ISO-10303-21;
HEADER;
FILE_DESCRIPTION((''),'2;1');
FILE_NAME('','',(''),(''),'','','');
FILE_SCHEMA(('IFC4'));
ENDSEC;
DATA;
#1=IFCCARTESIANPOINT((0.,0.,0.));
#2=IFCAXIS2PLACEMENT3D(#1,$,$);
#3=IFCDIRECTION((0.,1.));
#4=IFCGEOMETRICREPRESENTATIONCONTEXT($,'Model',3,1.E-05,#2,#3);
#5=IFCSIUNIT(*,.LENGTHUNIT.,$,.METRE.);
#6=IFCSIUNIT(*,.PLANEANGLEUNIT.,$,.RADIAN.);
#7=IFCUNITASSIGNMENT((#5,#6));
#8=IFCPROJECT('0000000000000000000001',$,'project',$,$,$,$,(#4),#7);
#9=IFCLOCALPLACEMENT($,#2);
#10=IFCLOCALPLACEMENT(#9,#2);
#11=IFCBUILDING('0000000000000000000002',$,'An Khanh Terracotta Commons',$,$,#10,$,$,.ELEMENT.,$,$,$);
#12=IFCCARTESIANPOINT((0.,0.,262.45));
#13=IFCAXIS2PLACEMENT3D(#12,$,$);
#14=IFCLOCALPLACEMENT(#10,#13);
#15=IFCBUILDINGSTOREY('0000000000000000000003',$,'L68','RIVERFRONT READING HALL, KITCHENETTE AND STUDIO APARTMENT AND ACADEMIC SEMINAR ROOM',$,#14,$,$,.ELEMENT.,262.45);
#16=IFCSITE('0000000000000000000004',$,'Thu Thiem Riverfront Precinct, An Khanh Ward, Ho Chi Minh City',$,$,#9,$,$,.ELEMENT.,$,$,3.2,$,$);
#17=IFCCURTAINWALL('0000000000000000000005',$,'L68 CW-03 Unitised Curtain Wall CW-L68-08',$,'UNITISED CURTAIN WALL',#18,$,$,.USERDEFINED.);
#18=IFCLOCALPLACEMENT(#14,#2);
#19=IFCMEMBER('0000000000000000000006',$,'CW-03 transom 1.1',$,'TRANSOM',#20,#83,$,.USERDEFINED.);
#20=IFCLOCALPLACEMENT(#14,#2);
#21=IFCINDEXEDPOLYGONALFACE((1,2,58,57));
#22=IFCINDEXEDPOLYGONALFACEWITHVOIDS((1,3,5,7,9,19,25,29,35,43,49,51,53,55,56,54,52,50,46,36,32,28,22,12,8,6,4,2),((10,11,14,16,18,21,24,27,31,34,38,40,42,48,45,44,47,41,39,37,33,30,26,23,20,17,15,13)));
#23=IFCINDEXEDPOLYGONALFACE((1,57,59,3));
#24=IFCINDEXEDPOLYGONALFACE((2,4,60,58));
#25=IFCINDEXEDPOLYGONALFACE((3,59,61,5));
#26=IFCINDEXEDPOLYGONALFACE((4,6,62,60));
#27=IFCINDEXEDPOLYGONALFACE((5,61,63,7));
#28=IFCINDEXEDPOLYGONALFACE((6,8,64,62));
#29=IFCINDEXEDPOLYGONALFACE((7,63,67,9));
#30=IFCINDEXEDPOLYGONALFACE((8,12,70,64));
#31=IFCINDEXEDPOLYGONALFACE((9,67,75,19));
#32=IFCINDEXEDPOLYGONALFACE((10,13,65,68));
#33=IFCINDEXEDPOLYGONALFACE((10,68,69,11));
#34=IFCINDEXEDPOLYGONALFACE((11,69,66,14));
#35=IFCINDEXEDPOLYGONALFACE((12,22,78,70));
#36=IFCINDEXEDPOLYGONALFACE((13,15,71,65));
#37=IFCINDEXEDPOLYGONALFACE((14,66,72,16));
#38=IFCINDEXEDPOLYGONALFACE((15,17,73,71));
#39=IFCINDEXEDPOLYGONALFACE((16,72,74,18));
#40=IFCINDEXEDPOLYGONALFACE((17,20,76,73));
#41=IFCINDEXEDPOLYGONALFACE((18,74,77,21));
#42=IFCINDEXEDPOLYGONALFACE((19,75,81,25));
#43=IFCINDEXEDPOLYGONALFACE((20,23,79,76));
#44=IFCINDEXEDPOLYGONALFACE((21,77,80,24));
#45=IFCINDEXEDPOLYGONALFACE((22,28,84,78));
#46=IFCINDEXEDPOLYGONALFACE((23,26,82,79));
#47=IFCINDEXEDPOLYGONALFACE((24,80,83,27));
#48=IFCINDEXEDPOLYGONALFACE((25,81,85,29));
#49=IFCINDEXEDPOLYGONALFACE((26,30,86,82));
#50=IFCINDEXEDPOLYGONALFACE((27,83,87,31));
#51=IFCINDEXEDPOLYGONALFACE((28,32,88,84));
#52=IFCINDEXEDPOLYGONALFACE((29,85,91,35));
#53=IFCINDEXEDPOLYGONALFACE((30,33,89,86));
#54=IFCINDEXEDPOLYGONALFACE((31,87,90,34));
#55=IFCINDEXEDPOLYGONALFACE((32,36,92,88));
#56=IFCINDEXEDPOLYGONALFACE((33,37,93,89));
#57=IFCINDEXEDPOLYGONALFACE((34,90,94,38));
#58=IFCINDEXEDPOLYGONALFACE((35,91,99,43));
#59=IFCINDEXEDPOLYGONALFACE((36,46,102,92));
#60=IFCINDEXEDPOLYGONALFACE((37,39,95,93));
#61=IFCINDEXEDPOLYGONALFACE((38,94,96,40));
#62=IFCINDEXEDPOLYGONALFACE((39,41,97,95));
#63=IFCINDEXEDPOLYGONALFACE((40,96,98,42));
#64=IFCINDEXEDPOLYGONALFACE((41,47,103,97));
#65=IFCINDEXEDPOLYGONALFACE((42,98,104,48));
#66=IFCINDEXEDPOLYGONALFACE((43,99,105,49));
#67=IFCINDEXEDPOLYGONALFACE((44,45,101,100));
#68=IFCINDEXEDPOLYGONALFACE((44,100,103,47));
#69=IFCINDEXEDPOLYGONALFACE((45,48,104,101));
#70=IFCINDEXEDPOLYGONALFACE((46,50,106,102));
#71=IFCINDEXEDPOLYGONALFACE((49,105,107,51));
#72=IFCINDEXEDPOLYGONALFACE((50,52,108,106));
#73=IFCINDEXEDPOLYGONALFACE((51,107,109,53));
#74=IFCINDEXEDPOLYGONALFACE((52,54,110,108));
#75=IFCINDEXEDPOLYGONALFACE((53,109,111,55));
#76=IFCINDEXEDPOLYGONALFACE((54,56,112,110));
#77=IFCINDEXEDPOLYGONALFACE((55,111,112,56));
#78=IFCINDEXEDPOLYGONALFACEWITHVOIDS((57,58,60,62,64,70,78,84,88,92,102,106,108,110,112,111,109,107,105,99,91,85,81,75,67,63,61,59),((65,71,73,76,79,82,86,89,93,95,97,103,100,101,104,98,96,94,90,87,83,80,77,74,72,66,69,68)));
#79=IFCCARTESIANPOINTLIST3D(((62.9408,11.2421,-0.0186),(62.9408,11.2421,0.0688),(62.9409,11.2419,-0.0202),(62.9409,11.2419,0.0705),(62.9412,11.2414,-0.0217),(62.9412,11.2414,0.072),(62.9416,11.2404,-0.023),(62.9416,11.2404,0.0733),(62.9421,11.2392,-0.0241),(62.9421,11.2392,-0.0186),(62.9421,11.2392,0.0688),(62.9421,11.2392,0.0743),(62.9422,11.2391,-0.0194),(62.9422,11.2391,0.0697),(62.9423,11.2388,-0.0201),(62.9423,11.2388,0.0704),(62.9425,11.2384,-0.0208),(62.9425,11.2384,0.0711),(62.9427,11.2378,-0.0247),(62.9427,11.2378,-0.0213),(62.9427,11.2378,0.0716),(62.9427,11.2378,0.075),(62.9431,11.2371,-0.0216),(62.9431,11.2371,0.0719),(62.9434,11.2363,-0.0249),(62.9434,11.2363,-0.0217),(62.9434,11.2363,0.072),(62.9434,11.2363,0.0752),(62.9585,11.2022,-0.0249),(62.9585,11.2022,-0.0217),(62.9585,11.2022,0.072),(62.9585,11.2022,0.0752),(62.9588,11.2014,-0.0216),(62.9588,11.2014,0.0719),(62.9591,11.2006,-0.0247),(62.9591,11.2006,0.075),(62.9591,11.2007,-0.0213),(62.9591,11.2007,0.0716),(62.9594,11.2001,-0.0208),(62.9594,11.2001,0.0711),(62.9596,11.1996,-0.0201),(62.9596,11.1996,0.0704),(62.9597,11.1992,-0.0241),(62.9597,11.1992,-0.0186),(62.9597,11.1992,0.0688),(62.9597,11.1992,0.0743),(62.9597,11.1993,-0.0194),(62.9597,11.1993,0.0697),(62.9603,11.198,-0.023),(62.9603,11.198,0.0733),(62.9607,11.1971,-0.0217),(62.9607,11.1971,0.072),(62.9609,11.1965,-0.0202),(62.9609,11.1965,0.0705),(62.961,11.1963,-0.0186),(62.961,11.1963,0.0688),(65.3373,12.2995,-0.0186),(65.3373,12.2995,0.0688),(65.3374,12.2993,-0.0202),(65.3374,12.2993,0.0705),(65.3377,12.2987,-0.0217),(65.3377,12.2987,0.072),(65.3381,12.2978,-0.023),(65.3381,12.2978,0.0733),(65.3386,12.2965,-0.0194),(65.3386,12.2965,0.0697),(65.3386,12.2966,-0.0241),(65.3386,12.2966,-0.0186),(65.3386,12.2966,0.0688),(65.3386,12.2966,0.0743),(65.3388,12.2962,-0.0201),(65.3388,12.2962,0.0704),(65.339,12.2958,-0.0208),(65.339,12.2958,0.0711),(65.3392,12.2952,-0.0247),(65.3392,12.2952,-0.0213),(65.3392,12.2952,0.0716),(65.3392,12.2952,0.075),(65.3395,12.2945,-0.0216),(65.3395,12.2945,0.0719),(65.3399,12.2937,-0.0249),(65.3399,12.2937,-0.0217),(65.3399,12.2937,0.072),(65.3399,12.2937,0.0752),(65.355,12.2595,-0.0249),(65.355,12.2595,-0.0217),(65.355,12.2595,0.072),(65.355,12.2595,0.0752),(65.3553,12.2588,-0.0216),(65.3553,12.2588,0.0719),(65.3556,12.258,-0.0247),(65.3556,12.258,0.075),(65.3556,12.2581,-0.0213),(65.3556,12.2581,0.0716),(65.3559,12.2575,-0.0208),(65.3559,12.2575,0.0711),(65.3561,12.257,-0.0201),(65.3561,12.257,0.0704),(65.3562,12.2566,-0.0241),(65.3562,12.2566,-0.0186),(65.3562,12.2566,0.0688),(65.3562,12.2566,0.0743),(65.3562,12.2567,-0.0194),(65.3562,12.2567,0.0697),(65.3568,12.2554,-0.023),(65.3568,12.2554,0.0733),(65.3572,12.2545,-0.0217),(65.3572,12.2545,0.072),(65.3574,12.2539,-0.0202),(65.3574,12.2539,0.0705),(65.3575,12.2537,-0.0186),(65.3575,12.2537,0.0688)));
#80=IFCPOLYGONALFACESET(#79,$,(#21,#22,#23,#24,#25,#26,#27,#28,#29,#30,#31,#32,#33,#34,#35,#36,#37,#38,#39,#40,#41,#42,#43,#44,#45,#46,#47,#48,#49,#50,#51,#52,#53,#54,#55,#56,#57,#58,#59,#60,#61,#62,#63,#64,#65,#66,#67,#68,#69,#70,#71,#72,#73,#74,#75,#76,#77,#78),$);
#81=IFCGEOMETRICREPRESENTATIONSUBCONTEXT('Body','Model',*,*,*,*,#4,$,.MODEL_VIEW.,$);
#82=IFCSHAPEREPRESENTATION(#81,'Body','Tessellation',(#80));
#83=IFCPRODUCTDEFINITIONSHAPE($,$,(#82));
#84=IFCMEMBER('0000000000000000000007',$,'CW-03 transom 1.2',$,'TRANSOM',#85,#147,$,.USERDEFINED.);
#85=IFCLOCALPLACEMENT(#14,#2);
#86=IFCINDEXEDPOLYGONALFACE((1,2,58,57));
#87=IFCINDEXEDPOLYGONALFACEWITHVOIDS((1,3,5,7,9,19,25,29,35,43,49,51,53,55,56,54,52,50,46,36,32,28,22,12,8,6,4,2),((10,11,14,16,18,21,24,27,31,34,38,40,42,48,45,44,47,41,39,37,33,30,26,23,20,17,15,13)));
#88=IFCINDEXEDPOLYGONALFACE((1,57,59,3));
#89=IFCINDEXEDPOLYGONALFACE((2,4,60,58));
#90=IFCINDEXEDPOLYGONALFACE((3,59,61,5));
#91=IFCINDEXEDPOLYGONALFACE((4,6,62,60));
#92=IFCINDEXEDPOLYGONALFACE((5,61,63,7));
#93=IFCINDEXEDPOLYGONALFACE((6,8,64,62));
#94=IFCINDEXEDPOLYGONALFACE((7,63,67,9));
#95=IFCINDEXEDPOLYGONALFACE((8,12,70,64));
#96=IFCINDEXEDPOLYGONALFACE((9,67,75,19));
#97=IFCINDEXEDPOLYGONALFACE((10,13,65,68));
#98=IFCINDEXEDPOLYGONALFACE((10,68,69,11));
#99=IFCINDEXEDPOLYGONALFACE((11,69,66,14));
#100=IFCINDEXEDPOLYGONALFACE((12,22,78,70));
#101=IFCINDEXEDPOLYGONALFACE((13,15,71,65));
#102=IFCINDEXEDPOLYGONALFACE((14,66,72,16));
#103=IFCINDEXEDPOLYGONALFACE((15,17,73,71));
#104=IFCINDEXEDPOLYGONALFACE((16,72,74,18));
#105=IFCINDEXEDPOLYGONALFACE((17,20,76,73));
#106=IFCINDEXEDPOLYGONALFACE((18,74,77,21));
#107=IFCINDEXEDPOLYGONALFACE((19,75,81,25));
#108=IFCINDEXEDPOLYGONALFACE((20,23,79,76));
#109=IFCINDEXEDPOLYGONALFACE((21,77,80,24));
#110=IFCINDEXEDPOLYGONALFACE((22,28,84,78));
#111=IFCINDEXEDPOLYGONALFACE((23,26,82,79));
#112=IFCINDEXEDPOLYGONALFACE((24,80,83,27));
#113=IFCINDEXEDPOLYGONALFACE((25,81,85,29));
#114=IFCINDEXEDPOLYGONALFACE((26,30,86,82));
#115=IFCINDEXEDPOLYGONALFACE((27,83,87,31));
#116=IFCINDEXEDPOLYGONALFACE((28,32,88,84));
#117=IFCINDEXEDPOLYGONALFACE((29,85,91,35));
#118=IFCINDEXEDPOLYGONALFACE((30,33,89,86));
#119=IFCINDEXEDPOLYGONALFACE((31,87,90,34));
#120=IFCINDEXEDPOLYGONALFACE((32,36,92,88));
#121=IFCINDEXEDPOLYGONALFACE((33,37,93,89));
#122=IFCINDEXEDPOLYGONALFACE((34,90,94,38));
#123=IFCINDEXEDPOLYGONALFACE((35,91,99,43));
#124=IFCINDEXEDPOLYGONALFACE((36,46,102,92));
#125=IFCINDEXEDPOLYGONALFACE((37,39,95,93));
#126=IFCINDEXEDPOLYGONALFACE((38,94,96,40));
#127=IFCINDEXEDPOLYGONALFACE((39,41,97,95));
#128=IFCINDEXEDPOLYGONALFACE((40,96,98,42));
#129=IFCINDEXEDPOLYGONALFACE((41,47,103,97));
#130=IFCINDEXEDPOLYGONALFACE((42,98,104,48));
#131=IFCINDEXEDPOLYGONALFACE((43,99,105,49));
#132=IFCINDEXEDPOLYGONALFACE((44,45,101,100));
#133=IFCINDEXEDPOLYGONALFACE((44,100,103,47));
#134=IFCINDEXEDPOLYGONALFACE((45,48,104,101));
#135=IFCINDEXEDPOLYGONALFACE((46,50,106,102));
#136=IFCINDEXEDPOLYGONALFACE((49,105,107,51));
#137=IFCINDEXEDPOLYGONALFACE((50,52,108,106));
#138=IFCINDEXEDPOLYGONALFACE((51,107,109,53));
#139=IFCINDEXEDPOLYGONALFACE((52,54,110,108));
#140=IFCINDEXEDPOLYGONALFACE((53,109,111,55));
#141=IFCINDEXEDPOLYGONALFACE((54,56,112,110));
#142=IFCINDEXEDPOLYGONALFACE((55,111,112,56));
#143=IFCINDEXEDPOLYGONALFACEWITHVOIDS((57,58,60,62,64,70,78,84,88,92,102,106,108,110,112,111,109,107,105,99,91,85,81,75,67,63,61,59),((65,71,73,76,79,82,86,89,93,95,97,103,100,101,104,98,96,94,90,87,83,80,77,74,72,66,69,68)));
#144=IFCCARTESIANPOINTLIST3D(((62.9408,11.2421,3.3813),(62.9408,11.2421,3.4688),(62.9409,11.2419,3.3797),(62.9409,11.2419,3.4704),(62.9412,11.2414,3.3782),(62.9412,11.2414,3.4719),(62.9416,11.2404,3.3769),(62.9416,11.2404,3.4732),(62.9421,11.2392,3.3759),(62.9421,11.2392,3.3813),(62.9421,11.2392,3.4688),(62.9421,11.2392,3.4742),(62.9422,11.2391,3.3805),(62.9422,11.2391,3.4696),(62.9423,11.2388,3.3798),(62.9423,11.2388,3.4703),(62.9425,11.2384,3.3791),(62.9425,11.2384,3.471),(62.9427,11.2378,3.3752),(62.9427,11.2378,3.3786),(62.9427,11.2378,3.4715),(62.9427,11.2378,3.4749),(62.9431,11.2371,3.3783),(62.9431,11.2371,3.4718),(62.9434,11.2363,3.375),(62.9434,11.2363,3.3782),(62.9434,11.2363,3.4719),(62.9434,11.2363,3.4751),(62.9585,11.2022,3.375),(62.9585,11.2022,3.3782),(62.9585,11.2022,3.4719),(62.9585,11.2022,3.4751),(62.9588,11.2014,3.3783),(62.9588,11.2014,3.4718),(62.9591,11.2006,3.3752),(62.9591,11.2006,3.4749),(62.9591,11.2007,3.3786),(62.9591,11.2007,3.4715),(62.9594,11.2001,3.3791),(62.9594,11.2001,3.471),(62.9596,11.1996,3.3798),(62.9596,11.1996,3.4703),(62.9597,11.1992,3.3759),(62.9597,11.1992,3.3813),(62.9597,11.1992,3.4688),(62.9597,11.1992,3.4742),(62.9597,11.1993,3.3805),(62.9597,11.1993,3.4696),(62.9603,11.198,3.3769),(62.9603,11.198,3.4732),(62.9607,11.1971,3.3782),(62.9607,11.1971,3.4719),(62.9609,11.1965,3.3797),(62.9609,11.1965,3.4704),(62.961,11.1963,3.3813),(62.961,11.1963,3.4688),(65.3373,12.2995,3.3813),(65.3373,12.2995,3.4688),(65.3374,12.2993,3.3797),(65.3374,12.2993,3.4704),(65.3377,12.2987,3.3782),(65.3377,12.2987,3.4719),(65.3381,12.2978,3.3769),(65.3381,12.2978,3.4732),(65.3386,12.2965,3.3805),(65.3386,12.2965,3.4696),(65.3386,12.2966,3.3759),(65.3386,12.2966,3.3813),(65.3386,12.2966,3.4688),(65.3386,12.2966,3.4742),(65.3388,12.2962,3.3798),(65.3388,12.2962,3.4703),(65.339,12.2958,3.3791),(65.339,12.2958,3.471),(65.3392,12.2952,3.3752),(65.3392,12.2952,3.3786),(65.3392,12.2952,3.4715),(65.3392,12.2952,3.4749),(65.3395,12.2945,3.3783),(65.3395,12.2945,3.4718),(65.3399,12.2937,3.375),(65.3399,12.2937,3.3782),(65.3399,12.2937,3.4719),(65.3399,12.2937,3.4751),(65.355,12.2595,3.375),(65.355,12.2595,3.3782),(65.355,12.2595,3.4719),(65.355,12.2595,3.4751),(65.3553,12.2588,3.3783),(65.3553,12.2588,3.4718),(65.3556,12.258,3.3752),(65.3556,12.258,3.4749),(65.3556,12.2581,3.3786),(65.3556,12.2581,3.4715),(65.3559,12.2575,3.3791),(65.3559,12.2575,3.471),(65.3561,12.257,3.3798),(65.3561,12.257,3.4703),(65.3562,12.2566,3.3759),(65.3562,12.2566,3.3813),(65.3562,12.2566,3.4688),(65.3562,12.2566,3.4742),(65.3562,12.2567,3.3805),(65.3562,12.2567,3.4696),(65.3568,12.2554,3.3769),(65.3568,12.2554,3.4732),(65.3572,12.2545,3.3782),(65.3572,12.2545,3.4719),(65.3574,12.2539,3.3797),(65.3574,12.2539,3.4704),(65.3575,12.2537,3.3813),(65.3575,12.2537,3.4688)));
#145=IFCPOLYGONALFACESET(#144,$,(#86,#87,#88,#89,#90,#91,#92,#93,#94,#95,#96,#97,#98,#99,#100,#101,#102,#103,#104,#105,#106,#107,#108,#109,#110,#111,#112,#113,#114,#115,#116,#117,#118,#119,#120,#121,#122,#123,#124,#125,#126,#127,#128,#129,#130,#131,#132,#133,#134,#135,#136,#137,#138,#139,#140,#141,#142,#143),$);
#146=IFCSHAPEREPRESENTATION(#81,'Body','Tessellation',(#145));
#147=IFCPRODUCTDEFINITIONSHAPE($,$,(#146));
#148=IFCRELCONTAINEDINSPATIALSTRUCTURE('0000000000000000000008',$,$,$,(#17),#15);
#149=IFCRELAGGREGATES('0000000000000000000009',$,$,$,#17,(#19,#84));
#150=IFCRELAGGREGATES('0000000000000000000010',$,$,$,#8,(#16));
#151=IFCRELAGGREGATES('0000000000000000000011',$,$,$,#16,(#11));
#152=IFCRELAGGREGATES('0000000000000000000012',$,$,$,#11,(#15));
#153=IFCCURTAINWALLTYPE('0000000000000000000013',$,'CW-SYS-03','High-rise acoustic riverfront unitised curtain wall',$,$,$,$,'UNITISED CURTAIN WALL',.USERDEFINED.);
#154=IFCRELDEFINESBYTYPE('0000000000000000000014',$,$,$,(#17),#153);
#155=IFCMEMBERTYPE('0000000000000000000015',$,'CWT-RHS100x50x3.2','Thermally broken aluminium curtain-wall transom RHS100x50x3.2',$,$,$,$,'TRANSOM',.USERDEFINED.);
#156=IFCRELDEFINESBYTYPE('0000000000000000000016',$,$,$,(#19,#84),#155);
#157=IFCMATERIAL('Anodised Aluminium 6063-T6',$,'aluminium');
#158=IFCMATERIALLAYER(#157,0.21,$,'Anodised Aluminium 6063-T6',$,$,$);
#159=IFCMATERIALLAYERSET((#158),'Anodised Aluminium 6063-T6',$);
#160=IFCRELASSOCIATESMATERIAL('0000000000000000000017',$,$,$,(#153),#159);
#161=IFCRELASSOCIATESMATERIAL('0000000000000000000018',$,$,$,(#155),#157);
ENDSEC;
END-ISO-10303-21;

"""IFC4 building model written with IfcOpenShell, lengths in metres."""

from ifc_helpers import new_model, si_unit, direction, frame, origin, origin_2d, place, context, subcontext, project, spatial, hollow_rectangle, extrude, material, layer, layer_set, material_profile, profile_set, type_object, element, aggregate, save


model = new_model("IFC4")

# Units and contexts
model_context = context("Model", 3, precision=1e-05, world=origin(), true_north=direction((0.0, 1.0)))
body_context = subcontext(model_context, "Body", "Model", "MODEL_VIEW")
ifc_project = project(units=[si_unit("LENGTHUNIT", "METRE"), si_unit("PLANEANGLEUNIT", "RADIAN")], contexts=[model_context])

# Site, building, storey
site_placement = place(None, origin())
site = spatial("IfcSite", under=ifc_project, at=site_placement, Name="Thu Thiem Riverfront Precinct, An Khanh Ward, Ho Chi Minh City", CompositionType="ELEMENT", RefElevation=3.2)
building_placement = place(site_placement, origin())
building = spatial("IfcBuilding", under=site, at=building_placement, Name="An Khanh Terracotta Commons", CompositionType="ELEMENT")
storey_placement = place(building_placement, frame((0.0, 0.0, 262.45)))
storey = spatial("IfcBuildingStorey", under=building, at=storey_placement, Name="L68", Description="RIVERFRONT READING HALL, KITCHENETTE AND STUDIO APARTMENT AND ACADEMIC SEMINAR ROOM", CompositionType="ELEMENT", Elevation=262.45)

# Curtain wall, members
ifc_material_1 = material(Name="Anodised Aluminium 6063-T6", Category="aluminium")
ifc_layer_1 = layer(ifc_material_1, 0.21, Name="Anodised Aluminium 6063-T6")
ifc_layer_set_1 = layer_set([ifc_layer_1], Name="Anodised Aluminium 6063-T6")
curtain_wall_type = type_object("IfcCurtainWallType", Name="CW-SYS-03", Description="High-rise acoustic riverfront unitised curtain wall", ElementType="UNITISED CURTAIN WALL", PredefinedType="USERDEFINED", material=ifc_layer_set_1)
curtain_wall_placement = place(storey_placement, origin())
curtain_wall = element("IfcCurtainWall", 1, at=curtain_wall_placement, inside=storey, type_object=curtain_wall_type, Name="L68 CW-03 Unitised Curtain Wall CW-L68-08", ObjectType="UNITISED CURTAIN WALL", PredefinedType="USERDEFINED")
ifc_material_profile_1 = material_profile(ifc_material_1, hollow_rectangle(XDim=0.05, YDim=0.1001, WallThickness=0.0032, InnerFilletRadius=0.0032, OuterFilletRadius=0.0063, at=origin_2d()), Name="RHS100x50x3.2")
ifc_profile_set_1 = profile_set([ifc_material_profile_1], Name="Anodised Aluminium 6063-T6")
member_type_1 = type_object("IfcMemberType", Name="CWT-RHS100x50x3.2", Description="Thermally broken aluminium curtain-wall transom RHS100x50x3.2", ElementType="TRANSOM", PredefinedType="USERDEFINED", material=ifc_profile_set_1)
member_1_placement = place(storey_placement, frame((62.9509, 11.2192, 0.0251), z_axis=(0.914904, 0.403672, 0.0), x_axis=(-0.403672, 0.914904, 0.0)))
member_1 = element("IfcMember", 2, at=member_1_placement, type_object=member_type_1, Name="CW-03 transom 1.1", ObjectType="TRANSOM", PredefinedType="USERDEFINED", context=body_context, shape_type="SweptSolid", body=[
    extrude(hollow_rectangle(XDim=0.05, YDim=0.1001, WallThickness=0.0032, InnerFilletRadius=0.0032, OuterFilletRadius=0.0063, at=origin_2d()), origin(), (0.0, 0.0, 1.0), 2.6194),
])
member_2_placement = place(storey_placement, frame((62.9509, 11.2192, 3.425), z_axis=(0.914904, 0.403672, 0.0), x_axis=(-0.403672, 0.914904, 0.0)))
member_2 = element("IfcMember", 3, at=member_2_placement, type_object=member_type_1, Name="CW-03 transom 1.2", ObjectType="TRANSOM", PredefinedType="USERDEFINED", context=body_context, shape_type="SweptSolid", body=[
    extrude(hollow_rectangle(XDim=0.05, YDim=0.1001, WallThickness=0.0032, InnerFilletRadius=0.0032, OuterFilletRadius=0.0063, at=origin_2d()), origin(), (0.0, 0.0, 1.0), 2.6194),
])
aggregate(curtain_wall, [member_1, member_2])

save(model, "model.ifc")
